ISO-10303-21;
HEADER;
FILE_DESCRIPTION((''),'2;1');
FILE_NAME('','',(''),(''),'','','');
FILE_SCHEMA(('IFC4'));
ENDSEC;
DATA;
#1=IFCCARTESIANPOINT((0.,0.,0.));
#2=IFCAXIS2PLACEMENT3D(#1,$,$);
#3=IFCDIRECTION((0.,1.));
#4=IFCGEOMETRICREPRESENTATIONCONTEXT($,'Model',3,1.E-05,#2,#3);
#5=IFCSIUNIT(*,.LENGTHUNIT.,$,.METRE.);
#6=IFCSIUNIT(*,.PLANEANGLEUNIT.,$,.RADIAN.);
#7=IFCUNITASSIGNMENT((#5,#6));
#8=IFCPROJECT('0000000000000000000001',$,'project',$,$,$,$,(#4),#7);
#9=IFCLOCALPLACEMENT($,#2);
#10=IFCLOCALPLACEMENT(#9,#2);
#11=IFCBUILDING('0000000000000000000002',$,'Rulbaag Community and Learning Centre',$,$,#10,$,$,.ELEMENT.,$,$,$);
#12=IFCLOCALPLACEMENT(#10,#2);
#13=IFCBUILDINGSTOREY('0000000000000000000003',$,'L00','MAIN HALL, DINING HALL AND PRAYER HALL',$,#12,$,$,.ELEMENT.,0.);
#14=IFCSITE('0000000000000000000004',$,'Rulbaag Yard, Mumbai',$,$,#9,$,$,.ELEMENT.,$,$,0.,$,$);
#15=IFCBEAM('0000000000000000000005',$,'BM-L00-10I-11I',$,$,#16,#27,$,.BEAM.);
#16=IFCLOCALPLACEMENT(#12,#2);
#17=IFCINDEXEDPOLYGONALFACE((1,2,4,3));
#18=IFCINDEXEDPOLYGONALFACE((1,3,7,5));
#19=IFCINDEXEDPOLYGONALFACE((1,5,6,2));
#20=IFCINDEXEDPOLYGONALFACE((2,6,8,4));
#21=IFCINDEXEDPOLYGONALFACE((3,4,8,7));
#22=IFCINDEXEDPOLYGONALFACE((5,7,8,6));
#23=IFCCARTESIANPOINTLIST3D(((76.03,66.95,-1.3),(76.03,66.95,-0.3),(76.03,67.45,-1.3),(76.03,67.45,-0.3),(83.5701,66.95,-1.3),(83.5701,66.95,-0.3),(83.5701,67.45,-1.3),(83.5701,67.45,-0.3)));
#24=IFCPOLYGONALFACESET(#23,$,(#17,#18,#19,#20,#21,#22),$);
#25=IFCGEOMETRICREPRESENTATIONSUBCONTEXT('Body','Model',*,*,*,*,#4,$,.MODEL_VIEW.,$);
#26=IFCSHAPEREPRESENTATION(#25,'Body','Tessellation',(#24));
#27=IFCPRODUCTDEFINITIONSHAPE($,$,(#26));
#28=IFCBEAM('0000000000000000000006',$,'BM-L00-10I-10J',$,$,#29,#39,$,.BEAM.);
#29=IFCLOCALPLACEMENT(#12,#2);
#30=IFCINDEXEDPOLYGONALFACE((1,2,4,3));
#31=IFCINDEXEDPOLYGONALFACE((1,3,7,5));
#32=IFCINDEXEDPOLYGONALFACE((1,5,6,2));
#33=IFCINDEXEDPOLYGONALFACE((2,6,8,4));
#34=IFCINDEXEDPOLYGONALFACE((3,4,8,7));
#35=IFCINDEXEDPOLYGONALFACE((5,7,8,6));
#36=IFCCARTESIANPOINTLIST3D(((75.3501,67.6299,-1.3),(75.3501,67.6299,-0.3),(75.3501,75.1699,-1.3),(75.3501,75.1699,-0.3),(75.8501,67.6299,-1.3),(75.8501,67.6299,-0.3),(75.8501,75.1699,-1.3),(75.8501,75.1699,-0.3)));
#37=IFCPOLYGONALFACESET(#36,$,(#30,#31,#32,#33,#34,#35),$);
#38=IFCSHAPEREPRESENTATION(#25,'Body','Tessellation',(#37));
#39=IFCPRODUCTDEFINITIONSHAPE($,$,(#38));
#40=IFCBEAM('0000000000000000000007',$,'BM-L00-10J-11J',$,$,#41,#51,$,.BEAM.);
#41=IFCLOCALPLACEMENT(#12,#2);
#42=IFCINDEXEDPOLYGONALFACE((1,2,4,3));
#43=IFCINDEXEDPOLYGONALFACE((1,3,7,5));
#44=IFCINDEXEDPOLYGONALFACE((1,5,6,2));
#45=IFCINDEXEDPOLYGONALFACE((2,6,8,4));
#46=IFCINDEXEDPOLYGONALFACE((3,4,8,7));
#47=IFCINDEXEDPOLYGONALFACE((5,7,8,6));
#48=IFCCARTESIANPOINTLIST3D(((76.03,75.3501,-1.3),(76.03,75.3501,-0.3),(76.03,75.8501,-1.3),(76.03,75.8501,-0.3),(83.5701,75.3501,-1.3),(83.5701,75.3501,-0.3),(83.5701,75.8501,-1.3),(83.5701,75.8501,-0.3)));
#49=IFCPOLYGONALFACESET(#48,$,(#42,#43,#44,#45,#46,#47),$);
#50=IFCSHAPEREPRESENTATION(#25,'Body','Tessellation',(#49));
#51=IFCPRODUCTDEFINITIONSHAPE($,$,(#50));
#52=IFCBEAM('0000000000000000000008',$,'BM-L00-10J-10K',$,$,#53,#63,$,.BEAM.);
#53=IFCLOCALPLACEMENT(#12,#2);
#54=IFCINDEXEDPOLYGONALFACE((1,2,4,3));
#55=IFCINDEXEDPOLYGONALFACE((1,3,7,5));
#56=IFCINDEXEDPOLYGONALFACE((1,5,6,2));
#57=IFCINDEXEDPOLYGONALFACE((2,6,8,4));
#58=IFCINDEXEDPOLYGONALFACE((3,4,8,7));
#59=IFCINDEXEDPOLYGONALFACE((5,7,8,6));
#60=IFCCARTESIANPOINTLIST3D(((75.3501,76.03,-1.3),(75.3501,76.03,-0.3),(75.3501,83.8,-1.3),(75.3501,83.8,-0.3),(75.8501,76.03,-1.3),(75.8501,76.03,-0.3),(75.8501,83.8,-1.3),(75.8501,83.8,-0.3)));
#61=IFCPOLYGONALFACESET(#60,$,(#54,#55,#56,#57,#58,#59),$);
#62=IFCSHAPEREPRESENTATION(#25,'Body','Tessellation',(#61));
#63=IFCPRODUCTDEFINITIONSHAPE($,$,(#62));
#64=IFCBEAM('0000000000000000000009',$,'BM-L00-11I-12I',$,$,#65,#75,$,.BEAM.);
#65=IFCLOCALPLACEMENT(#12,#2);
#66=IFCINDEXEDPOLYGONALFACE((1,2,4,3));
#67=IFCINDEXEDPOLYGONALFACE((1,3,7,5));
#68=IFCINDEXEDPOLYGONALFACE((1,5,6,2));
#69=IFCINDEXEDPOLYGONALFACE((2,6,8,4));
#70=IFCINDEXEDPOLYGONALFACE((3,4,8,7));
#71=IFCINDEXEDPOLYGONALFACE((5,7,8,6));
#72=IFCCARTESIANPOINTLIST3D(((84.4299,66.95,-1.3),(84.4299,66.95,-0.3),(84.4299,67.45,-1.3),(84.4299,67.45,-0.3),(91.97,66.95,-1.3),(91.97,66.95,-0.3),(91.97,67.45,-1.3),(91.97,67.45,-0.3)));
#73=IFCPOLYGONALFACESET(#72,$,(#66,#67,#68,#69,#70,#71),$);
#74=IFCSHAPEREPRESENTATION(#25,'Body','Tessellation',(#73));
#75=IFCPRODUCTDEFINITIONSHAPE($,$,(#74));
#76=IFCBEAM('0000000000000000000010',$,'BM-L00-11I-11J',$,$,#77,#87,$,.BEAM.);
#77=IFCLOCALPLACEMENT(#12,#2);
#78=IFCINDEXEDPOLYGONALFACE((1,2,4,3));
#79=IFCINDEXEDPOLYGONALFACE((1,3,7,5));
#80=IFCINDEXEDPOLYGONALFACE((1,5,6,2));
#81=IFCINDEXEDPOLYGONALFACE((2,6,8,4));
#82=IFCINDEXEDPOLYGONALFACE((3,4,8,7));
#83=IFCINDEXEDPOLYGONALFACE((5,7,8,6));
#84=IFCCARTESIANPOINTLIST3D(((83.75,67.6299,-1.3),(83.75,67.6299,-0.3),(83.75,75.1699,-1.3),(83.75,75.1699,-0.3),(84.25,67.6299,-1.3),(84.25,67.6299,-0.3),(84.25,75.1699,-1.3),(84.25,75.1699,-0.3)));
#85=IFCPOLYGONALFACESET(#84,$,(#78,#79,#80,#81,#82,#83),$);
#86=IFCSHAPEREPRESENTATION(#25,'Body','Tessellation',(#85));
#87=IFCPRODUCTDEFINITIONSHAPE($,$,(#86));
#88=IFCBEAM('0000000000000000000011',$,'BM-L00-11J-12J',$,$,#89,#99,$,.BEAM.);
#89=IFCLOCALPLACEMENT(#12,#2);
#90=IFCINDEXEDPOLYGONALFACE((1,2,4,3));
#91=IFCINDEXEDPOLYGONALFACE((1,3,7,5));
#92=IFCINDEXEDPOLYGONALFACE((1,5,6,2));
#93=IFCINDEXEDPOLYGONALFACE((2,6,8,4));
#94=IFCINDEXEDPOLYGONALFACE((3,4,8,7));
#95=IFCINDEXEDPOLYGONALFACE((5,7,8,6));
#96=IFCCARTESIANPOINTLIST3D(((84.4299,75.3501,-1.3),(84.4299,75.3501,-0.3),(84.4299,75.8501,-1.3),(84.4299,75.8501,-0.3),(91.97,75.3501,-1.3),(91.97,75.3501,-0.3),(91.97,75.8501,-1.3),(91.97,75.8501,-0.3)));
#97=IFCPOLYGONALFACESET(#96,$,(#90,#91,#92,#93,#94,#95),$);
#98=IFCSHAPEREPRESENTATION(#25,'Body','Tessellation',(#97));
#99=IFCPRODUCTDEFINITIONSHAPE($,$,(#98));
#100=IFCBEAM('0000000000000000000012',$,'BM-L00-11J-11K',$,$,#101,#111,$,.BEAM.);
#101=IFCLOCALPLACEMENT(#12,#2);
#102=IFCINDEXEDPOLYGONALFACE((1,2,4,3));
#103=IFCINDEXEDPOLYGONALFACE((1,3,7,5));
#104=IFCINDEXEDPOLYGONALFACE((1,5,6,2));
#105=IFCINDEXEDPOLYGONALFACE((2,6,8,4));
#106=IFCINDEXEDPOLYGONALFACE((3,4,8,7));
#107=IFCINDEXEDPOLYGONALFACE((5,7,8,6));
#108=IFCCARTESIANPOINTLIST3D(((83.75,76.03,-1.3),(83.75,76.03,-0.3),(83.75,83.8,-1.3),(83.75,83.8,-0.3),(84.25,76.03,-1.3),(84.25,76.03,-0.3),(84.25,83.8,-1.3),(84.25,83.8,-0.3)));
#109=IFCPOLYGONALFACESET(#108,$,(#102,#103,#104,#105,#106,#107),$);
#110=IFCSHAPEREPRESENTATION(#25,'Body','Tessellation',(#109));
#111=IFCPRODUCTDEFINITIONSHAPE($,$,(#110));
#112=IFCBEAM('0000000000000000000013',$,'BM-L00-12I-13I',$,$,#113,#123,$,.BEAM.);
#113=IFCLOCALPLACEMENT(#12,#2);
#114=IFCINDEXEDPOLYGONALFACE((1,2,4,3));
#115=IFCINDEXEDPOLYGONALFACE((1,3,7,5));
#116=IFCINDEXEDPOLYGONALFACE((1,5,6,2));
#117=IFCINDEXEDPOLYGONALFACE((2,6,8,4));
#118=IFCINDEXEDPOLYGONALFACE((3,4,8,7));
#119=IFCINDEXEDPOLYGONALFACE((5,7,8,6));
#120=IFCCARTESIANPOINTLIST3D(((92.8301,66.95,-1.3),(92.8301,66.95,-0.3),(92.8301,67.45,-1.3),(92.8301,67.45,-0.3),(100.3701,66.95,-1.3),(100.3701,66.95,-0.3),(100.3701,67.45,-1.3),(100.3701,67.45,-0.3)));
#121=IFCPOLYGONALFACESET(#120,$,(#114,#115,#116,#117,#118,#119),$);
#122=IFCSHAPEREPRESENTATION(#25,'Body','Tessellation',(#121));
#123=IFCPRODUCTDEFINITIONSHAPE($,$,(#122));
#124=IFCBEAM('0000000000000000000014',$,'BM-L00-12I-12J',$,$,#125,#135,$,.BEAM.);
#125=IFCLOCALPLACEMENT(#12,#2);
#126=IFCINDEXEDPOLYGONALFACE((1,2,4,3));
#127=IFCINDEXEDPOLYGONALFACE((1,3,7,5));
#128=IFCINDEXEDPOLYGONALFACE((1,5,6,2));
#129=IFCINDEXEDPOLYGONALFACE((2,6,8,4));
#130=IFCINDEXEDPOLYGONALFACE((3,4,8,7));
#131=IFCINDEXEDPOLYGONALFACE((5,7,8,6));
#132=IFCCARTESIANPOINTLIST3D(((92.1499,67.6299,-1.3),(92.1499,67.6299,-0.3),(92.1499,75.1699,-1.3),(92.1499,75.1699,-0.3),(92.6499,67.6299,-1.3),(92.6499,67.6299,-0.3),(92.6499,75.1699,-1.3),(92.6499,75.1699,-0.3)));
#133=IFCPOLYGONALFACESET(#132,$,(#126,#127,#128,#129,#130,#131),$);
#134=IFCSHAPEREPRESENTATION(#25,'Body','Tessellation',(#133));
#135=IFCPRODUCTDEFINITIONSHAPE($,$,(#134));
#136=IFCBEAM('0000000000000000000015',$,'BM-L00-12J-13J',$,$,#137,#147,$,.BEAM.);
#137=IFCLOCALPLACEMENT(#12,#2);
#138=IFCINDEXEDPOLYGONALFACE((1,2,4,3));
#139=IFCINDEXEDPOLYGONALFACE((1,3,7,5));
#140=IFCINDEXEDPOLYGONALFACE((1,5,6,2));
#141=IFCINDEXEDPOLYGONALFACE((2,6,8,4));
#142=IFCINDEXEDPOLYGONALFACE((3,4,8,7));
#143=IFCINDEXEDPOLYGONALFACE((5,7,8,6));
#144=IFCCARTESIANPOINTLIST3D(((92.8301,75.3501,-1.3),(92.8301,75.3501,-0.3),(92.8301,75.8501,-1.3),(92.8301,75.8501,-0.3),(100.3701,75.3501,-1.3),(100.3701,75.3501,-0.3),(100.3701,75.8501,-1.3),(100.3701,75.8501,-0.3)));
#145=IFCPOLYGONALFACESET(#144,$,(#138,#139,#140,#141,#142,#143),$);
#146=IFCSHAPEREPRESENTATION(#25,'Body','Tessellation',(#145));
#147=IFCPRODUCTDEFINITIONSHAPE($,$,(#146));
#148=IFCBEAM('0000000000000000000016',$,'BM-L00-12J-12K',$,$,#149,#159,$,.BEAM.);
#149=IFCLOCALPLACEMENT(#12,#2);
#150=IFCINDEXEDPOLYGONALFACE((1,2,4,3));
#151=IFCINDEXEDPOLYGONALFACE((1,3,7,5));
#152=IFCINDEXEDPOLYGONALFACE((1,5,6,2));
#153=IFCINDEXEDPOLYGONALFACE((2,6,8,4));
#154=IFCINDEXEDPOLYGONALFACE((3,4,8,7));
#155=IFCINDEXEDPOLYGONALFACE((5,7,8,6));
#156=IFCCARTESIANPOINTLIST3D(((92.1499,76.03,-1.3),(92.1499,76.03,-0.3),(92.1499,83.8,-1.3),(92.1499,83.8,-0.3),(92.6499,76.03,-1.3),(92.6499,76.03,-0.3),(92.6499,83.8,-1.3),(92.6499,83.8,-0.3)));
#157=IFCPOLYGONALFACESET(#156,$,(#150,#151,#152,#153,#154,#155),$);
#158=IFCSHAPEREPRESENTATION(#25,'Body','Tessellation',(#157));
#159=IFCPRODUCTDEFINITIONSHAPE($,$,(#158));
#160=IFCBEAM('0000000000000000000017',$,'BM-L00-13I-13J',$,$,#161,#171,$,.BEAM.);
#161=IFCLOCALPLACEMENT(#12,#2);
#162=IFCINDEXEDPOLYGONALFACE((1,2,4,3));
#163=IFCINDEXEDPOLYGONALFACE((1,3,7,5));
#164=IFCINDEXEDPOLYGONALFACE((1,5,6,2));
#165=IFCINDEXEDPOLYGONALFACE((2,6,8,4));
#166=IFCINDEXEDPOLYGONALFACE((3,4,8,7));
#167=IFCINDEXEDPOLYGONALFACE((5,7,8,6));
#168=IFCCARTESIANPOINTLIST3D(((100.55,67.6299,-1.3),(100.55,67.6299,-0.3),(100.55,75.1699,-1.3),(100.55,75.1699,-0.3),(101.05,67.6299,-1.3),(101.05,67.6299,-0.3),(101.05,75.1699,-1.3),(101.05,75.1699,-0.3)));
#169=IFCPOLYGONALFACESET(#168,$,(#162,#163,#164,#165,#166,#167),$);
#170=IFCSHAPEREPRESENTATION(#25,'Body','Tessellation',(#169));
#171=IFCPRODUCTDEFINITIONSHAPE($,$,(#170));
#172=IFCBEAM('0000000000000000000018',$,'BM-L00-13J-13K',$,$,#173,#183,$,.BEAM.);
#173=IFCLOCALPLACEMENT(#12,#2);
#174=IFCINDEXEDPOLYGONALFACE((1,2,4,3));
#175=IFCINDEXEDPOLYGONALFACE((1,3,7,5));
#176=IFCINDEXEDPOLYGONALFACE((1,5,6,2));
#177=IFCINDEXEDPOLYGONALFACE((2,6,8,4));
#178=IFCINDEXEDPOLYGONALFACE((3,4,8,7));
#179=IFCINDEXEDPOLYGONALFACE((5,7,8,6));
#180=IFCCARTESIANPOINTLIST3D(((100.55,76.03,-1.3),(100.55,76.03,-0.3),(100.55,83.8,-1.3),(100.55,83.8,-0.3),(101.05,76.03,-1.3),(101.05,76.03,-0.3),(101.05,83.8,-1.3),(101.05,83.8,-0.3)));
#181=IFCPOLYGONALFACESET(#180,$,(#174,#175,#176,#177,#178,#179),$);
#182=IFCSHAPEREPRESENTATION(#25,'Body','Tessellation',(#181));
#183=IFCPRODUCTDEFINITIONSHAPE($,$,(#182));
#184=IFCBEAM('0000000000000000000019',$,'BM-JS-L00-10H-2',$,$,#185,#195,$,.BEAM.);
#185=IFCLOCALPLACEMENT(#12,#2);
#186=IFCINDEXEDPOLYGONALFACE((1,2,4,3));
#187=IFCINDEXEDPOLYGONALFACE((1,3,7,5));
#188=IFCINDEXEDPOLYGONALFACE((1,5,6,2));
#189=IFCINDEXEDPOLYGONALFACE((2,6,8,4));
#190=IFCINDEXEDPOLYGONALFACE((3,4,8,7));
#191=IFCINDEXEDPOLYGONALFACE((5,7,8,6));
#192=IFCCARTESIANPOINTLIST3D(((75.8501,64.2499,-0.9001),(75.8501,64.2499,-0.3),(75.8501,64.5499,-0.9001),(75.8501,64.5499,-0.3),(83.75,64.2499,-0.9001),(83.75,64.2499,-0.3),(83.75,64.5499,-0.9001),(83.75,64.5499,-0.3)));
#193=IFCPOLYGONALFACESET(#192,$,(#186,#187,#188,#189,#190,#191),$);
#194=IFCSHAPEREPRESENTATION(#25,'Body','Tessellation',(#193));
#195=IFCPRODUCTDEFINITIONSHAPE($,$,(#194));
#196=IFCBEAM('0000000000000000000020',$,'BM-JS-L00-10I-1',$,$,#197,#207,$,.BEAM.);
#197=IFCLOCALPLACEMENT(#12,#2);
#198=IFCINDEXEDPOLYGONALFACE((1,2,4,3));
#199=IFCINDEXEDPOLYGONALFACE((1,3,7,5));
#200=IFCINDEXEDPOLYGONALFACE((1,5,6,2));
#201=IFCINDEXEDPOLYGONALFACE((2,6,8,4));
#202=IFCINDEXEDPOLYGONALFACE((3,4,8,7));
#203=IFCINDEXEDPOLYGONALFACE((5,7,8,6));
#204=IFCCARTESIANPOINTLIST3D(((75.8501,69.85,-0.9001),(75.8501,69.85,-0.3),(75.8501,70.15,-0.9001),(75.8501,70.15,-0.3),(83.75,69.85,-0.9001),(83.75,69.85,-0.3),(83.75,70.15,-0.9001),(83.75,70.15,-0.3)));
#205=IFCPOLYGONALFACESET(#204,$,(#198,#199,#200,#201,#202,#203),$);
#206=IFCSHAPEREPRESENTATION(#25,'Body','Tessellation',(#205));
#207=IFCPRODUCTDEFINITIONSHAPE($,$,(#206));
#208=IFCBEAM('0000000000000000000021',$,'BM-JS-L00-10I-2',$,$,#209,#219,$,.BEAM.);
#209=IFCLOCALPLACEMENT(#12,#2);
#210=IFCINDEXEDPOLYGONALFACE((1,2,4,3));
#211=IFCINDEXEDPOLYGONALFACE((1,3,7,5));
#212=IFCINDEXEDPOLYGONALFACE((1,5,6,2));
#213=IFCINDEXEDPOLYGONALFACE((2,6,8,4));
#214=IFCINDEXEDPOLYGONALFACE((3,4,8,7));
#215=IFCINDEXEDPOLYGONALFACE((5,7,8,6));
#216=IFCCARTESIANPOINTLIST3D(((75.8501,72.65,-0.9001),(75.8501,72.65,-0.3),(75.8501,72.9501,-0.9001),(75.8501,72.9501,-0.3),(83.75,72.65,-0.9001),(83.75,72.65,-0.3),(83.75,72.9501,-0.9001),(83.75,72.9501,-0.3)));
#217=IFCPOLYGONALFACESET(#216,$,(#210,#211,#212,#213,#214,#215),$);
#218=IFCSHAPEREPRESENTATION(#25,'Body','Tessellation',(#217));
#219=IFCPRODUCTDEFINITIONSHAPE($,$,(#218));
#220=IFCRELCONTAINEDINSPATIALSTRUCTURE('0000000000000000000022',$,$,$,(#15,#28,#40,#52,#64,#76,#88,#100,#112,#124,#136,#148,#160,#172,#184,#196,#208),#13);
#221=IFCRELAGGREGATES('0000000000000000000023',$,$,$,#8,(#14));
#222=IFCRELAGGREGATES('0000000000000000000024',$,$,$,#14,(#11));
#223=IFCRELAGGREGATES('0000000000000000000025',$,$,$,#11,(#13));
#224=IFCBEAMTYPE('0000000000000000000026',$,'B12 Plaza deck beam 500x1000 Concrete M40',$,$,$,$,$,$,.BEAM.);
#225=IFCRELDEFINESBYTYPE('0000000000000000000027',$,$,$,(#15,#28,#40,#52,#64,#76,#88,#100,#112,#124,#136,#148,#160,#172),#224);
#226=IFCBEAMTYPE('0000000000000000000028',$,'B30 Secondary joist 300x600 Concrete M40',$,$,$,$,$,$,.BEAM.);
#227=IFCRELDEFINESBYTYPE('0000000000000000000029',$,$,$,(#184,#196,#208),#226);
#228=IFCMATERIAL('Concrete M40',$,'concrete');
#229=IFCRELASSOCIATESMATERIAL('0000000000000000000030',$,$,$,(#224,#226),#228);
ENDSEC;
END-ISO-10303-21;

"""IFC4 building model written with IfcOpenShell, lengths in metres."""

from ifc_helpers import new_model, si_unit, direction, frame, origin, origin_2d, place, context, subcontext, project, spatial, rectangle, extrude, material, material_profile, profile_set, type_object, element, save


model = new_model("IFC4")

# Units and contexts
model_context = context("Model", 3, precision=1e-05, world=origin(), true_north=direction((0.0, 1.0)))
body_context = subcontext(model_context, "Body", "Model", "MODEL_VIEW")
ifc_project = project(units=[si_unit("LENGTHUNIT", "METRE"), si_unit("PLANEANGLEUNIT", "RADIAN")], contexts=[model_context])

# Site, building, storey
site_placement = place(None, origin())
site = spatial("IfcSite", under=ifc_project, at=site_placement, Name="Rulbaag Yard, Mumbai", CompositionType="ELEMENT", RefElevation=0.0)
building_placement = place(site_placement, origin())
building = spatial("IfcBuilding", under=site, at=building_placement, Name="Rulbaag Community and Learning Centre", CompositionType="ELEMENT")
storey_placement = place(building_placement, origin())
storey = spatial("IfcBuildingStorey", under=building, at=storey_placement, Name="L00", Description="MAIN HALL, DINING HALL AND PRAYER HALL", CompositionType="ELEMENT", Elevation=0.0)

# Beams
ifc_material = material(Name="Concrete M40", Category="concrete")
ifc_material_profile_1 = material_profile(ifc_material, rectangle(XDim=0.5, YDim=1.0, at=origin_2d()), Name="RB500x1000")
ifc_profile_set_1 = profile_set([ifc_material_profile_1], Name="Concrete M40")
beam_type_1 = type_object("IfcBeamType", Name="B12 Plaza deck beam 500x1000 Concrete M40", PredefinedType="BEAM", material=ifc_profile_set_1)
for number, where, z_axis, x_axis, name in (
    (1, (76.03, 67.2, -0.8), (1.0, 0.0, 0.0), (0.0, 1.0, 0.0), "BM-L00-10I-11I"),
    (2, (75.6001, 67.6299, -0.8), (0.0, 1.0, 0.0), (-1.0, 0.0, 0.0), "BM-L00-10I-10J"),
    (3, (76.03, 75.6001, -0.8), (1.0, 0.0, 0.0), (0.0, 1.0, 0.0), "BM-L00-10J-11J"),
):
    element("IfcBeam", number, at=place(storey_placement, frame(where, z_axis=z_axis, x_axis=x_axis)), inside=storey, type_object=beam_type_1, Name=name, PredefinedType="BEAM", context=body_context, shape_type="SweptSolid", body=[
        extrude(rectangle(XDim=0.5, YDim=1.0, at=origin_2d()), origin(), (0.0, 0.0, 1.0), 7.54),
    ])
beam_1_placement = place(storey_placement, frame((75.6001, 76.03, -0.8), z_axis=(0.0, 1.0, 0.0), x_axis=(-1.0, 0.0, 0.0)))
element("IfcBeam", 4, at=beam_1_placement, inside=storey, type_object=beam_type_1, Name="BM-L00-10J-10K", PredefinedType="BEAM", context=body_context, shape_type="SweptSolid", body=[
    extrude(rectangle(XDim=0.5, YDim=1.0, at=origin_2d()), origin(), (0.0, 0.0, 1.0), 7.77),
])
for number, where, z_axis, x_axis, name in (
    (5, (84.4299, 67.2, -0.8), (1.0, 0.0, 0.0), (0.0, 1.0, 0.0), "BM-L00-11I-12I"),
    (6, (84.0, 67.6299, -0.8), (0.0, 1.0, 0.0), (-1.0, 0.0, 0.0), "BM-L00-11I-11J"),
    (7, (84.4299, 75.6001, -0.8), (1.0, 0.0, 0.0), (0.0, 1.0, 0.0), "BM-L00-11J-12J"),
):
    element("IfcBeam", number, at=place(storey_placement, frame(where, z_axis=z_axis, x_axis=x_axis)), inside=storey, type_object=beam_type_1, Name=name, PredefinedType="BEAM", context=body_context, shape_type="SweptSolid", body=[
        extrude(rectangle(XDim=0.5, YDim=1.0, at=origin_2d()), origin(), (0.0, 0.0, 1.0), 7.54),
    ])
beam_2_placement = place(storey_placement, frame((84.0, 76.03, -0.8), z_axis=(0.0, 1.0, 0.0), x_axis=(-1.0, 0.0, 0.0)))
element("IfcBeam", 8, at=beam_2_placement, inside=storey, type_object=beam_type_1, Name="BM-L00-11J-11K", PredefinedType="BEAM", context=body_context, shape_type="SweptSolid", body=[
    extrude(rectangle(XDim=0.5, YDim=1.0, at=origin_2d()), origin(), (0.0, 0.0, 1.0), 7.77),
])
for number, where, z_axis, x_axis, name in (
    (9, (92.8301, 67.2, -0.8), (1.0, 0.0, 0.0), (0.0, 1.0, 0.0), "BM-L00-12I-13I"),
    (10, (92.3999, 67.6299, -0.8), (0.0, 1.0, 0.0), (-1.0, 0.0, 0.0), "BM-L00-12I-12J"),
    (11, (92.8301, 75.6001, -0.8), (1.0, 0.0, 0.0), (0.0, 1.0, 0.0), "BM-L00-12J-13J"),
):
    element("IfcBeam", number, at=place(storey_placement, frame(where, z_axis=z_axis, x_axis=x_axis)), inside=storey, type_object=beam_type_1, Name=name, PredefinedType="BEAM", context=body_context, shape_type="SweptSolid", body=[
        extrude(rectangle(XDim=0.5, YDim=1.0, at=origin_2d()), origin(), (0.0, 0.0, 1.0), 7.54),
    ])
beam_3_placement = place(storey_placement, frame((92.3999, 76.03, -0.8), z_axis=(0.0, 1.0, 0.0), x_axis=(-1.0, 0.0, 0.0)))
element("IfcBeam", 12, at=beam_3_placement, inside=storey, type_object=beam_type_1, Name="BM-L00-12J-12K", PredefinedType="BEAM", context=body_context, shape_type="SweptSolid", body=[
    extrude(rectangle(XDim=0.5, YDim=1.0, at=origin_2d()), origin(), (0.0, 0.0, 1.0), 7.77),
])
beam_4_placement = place(storey_placement, frame((100.8, 67.6299, -0.8), z_axis=(0.0, 1.0, 0.0), x_axis=(-1.0, 0.0, 0.0)))
element("IfcBeam", 13, at=beam_4_placement, inside=storey, type_object=beam_type_1, Name="BM-L00-13I-13J", PredefinedType="BEAM", context=body_context, shape_type="SweptSolid", body=[
    extrude(rectangle(XDim=0.5, YDim=1.0, at=origin_2d()), origin(), (0.0, 0.0, 1.0), 7.54),
])
beam_5_placement = place(storey_placement, frame((100.8, 76.03, -0.8), z_axis=(0.0, 1.0, 0.0), x_axis=(-1.0, 0.0, 0.0)))
element("IfcBeam", 14, at=beam_5_placement, inside=storey, type_object=beam_type_1, Name="BM-L00-13J-13K", PredefinedType="BEAM", context=body_context, shape_type="SweptSolid", body=[
    extrude(rectangle(XDim=0.5, YDim=1.0, at=origin_2d()), origin(), (0.0, 0.0, 1.0), 7.77),
])
ifc_material_profile_2 = material_profile(ifc_material, rectangle(XDim=0.3, YDim=0.6001, at=origin_2d()), Name="RB300x600")
ifc_profile_set_2 = profile_set([ifc_material_profile_2], Name="Concrete M40")
beam_type_2 = type_object("IfcBeamType", Name="B30 Secondary joist 300x600 Concrete M40", PredefinedType="BEAM", material=ifc_profile_set_2)
for number, where, z_axis, x_axis, name in (
    (15, (75.8501, 64.3999, -0.6001), (1.0, 0.0, 0.0), (0.0, 1.0, 0.0), "BM-JS-L00-10H-2"),
    (16, (75.8501, 70.0, -0.6001), (1.0, 0.0, 0.0), (0.0, 1.0, 0.0), "BM-JS-L00-10I-1"),
    (17, (75.8501, 72.8, -0.6001), (1.0, 0.0, 0.0), (0.0, 1.0, 0.0), "BM-JS-L00-10I-2"),
):
    element("IfcBeam", number, at=place(storey_placement, frame(where, z_axis=z_axis, x_axis=x_axis)), inside=storey, type_object=beam_type_2, Name=name, PredefinedType="BEAM", context=body_context, shape_type="SweptSolid", body=[
        extrude(rectangle(XDim=0.3, YDim=0.6001, at=origin_2d()), origin(), (0.0, 0.0, 1.0), 7.8999),
    ])

save(model, "model.ifc")
